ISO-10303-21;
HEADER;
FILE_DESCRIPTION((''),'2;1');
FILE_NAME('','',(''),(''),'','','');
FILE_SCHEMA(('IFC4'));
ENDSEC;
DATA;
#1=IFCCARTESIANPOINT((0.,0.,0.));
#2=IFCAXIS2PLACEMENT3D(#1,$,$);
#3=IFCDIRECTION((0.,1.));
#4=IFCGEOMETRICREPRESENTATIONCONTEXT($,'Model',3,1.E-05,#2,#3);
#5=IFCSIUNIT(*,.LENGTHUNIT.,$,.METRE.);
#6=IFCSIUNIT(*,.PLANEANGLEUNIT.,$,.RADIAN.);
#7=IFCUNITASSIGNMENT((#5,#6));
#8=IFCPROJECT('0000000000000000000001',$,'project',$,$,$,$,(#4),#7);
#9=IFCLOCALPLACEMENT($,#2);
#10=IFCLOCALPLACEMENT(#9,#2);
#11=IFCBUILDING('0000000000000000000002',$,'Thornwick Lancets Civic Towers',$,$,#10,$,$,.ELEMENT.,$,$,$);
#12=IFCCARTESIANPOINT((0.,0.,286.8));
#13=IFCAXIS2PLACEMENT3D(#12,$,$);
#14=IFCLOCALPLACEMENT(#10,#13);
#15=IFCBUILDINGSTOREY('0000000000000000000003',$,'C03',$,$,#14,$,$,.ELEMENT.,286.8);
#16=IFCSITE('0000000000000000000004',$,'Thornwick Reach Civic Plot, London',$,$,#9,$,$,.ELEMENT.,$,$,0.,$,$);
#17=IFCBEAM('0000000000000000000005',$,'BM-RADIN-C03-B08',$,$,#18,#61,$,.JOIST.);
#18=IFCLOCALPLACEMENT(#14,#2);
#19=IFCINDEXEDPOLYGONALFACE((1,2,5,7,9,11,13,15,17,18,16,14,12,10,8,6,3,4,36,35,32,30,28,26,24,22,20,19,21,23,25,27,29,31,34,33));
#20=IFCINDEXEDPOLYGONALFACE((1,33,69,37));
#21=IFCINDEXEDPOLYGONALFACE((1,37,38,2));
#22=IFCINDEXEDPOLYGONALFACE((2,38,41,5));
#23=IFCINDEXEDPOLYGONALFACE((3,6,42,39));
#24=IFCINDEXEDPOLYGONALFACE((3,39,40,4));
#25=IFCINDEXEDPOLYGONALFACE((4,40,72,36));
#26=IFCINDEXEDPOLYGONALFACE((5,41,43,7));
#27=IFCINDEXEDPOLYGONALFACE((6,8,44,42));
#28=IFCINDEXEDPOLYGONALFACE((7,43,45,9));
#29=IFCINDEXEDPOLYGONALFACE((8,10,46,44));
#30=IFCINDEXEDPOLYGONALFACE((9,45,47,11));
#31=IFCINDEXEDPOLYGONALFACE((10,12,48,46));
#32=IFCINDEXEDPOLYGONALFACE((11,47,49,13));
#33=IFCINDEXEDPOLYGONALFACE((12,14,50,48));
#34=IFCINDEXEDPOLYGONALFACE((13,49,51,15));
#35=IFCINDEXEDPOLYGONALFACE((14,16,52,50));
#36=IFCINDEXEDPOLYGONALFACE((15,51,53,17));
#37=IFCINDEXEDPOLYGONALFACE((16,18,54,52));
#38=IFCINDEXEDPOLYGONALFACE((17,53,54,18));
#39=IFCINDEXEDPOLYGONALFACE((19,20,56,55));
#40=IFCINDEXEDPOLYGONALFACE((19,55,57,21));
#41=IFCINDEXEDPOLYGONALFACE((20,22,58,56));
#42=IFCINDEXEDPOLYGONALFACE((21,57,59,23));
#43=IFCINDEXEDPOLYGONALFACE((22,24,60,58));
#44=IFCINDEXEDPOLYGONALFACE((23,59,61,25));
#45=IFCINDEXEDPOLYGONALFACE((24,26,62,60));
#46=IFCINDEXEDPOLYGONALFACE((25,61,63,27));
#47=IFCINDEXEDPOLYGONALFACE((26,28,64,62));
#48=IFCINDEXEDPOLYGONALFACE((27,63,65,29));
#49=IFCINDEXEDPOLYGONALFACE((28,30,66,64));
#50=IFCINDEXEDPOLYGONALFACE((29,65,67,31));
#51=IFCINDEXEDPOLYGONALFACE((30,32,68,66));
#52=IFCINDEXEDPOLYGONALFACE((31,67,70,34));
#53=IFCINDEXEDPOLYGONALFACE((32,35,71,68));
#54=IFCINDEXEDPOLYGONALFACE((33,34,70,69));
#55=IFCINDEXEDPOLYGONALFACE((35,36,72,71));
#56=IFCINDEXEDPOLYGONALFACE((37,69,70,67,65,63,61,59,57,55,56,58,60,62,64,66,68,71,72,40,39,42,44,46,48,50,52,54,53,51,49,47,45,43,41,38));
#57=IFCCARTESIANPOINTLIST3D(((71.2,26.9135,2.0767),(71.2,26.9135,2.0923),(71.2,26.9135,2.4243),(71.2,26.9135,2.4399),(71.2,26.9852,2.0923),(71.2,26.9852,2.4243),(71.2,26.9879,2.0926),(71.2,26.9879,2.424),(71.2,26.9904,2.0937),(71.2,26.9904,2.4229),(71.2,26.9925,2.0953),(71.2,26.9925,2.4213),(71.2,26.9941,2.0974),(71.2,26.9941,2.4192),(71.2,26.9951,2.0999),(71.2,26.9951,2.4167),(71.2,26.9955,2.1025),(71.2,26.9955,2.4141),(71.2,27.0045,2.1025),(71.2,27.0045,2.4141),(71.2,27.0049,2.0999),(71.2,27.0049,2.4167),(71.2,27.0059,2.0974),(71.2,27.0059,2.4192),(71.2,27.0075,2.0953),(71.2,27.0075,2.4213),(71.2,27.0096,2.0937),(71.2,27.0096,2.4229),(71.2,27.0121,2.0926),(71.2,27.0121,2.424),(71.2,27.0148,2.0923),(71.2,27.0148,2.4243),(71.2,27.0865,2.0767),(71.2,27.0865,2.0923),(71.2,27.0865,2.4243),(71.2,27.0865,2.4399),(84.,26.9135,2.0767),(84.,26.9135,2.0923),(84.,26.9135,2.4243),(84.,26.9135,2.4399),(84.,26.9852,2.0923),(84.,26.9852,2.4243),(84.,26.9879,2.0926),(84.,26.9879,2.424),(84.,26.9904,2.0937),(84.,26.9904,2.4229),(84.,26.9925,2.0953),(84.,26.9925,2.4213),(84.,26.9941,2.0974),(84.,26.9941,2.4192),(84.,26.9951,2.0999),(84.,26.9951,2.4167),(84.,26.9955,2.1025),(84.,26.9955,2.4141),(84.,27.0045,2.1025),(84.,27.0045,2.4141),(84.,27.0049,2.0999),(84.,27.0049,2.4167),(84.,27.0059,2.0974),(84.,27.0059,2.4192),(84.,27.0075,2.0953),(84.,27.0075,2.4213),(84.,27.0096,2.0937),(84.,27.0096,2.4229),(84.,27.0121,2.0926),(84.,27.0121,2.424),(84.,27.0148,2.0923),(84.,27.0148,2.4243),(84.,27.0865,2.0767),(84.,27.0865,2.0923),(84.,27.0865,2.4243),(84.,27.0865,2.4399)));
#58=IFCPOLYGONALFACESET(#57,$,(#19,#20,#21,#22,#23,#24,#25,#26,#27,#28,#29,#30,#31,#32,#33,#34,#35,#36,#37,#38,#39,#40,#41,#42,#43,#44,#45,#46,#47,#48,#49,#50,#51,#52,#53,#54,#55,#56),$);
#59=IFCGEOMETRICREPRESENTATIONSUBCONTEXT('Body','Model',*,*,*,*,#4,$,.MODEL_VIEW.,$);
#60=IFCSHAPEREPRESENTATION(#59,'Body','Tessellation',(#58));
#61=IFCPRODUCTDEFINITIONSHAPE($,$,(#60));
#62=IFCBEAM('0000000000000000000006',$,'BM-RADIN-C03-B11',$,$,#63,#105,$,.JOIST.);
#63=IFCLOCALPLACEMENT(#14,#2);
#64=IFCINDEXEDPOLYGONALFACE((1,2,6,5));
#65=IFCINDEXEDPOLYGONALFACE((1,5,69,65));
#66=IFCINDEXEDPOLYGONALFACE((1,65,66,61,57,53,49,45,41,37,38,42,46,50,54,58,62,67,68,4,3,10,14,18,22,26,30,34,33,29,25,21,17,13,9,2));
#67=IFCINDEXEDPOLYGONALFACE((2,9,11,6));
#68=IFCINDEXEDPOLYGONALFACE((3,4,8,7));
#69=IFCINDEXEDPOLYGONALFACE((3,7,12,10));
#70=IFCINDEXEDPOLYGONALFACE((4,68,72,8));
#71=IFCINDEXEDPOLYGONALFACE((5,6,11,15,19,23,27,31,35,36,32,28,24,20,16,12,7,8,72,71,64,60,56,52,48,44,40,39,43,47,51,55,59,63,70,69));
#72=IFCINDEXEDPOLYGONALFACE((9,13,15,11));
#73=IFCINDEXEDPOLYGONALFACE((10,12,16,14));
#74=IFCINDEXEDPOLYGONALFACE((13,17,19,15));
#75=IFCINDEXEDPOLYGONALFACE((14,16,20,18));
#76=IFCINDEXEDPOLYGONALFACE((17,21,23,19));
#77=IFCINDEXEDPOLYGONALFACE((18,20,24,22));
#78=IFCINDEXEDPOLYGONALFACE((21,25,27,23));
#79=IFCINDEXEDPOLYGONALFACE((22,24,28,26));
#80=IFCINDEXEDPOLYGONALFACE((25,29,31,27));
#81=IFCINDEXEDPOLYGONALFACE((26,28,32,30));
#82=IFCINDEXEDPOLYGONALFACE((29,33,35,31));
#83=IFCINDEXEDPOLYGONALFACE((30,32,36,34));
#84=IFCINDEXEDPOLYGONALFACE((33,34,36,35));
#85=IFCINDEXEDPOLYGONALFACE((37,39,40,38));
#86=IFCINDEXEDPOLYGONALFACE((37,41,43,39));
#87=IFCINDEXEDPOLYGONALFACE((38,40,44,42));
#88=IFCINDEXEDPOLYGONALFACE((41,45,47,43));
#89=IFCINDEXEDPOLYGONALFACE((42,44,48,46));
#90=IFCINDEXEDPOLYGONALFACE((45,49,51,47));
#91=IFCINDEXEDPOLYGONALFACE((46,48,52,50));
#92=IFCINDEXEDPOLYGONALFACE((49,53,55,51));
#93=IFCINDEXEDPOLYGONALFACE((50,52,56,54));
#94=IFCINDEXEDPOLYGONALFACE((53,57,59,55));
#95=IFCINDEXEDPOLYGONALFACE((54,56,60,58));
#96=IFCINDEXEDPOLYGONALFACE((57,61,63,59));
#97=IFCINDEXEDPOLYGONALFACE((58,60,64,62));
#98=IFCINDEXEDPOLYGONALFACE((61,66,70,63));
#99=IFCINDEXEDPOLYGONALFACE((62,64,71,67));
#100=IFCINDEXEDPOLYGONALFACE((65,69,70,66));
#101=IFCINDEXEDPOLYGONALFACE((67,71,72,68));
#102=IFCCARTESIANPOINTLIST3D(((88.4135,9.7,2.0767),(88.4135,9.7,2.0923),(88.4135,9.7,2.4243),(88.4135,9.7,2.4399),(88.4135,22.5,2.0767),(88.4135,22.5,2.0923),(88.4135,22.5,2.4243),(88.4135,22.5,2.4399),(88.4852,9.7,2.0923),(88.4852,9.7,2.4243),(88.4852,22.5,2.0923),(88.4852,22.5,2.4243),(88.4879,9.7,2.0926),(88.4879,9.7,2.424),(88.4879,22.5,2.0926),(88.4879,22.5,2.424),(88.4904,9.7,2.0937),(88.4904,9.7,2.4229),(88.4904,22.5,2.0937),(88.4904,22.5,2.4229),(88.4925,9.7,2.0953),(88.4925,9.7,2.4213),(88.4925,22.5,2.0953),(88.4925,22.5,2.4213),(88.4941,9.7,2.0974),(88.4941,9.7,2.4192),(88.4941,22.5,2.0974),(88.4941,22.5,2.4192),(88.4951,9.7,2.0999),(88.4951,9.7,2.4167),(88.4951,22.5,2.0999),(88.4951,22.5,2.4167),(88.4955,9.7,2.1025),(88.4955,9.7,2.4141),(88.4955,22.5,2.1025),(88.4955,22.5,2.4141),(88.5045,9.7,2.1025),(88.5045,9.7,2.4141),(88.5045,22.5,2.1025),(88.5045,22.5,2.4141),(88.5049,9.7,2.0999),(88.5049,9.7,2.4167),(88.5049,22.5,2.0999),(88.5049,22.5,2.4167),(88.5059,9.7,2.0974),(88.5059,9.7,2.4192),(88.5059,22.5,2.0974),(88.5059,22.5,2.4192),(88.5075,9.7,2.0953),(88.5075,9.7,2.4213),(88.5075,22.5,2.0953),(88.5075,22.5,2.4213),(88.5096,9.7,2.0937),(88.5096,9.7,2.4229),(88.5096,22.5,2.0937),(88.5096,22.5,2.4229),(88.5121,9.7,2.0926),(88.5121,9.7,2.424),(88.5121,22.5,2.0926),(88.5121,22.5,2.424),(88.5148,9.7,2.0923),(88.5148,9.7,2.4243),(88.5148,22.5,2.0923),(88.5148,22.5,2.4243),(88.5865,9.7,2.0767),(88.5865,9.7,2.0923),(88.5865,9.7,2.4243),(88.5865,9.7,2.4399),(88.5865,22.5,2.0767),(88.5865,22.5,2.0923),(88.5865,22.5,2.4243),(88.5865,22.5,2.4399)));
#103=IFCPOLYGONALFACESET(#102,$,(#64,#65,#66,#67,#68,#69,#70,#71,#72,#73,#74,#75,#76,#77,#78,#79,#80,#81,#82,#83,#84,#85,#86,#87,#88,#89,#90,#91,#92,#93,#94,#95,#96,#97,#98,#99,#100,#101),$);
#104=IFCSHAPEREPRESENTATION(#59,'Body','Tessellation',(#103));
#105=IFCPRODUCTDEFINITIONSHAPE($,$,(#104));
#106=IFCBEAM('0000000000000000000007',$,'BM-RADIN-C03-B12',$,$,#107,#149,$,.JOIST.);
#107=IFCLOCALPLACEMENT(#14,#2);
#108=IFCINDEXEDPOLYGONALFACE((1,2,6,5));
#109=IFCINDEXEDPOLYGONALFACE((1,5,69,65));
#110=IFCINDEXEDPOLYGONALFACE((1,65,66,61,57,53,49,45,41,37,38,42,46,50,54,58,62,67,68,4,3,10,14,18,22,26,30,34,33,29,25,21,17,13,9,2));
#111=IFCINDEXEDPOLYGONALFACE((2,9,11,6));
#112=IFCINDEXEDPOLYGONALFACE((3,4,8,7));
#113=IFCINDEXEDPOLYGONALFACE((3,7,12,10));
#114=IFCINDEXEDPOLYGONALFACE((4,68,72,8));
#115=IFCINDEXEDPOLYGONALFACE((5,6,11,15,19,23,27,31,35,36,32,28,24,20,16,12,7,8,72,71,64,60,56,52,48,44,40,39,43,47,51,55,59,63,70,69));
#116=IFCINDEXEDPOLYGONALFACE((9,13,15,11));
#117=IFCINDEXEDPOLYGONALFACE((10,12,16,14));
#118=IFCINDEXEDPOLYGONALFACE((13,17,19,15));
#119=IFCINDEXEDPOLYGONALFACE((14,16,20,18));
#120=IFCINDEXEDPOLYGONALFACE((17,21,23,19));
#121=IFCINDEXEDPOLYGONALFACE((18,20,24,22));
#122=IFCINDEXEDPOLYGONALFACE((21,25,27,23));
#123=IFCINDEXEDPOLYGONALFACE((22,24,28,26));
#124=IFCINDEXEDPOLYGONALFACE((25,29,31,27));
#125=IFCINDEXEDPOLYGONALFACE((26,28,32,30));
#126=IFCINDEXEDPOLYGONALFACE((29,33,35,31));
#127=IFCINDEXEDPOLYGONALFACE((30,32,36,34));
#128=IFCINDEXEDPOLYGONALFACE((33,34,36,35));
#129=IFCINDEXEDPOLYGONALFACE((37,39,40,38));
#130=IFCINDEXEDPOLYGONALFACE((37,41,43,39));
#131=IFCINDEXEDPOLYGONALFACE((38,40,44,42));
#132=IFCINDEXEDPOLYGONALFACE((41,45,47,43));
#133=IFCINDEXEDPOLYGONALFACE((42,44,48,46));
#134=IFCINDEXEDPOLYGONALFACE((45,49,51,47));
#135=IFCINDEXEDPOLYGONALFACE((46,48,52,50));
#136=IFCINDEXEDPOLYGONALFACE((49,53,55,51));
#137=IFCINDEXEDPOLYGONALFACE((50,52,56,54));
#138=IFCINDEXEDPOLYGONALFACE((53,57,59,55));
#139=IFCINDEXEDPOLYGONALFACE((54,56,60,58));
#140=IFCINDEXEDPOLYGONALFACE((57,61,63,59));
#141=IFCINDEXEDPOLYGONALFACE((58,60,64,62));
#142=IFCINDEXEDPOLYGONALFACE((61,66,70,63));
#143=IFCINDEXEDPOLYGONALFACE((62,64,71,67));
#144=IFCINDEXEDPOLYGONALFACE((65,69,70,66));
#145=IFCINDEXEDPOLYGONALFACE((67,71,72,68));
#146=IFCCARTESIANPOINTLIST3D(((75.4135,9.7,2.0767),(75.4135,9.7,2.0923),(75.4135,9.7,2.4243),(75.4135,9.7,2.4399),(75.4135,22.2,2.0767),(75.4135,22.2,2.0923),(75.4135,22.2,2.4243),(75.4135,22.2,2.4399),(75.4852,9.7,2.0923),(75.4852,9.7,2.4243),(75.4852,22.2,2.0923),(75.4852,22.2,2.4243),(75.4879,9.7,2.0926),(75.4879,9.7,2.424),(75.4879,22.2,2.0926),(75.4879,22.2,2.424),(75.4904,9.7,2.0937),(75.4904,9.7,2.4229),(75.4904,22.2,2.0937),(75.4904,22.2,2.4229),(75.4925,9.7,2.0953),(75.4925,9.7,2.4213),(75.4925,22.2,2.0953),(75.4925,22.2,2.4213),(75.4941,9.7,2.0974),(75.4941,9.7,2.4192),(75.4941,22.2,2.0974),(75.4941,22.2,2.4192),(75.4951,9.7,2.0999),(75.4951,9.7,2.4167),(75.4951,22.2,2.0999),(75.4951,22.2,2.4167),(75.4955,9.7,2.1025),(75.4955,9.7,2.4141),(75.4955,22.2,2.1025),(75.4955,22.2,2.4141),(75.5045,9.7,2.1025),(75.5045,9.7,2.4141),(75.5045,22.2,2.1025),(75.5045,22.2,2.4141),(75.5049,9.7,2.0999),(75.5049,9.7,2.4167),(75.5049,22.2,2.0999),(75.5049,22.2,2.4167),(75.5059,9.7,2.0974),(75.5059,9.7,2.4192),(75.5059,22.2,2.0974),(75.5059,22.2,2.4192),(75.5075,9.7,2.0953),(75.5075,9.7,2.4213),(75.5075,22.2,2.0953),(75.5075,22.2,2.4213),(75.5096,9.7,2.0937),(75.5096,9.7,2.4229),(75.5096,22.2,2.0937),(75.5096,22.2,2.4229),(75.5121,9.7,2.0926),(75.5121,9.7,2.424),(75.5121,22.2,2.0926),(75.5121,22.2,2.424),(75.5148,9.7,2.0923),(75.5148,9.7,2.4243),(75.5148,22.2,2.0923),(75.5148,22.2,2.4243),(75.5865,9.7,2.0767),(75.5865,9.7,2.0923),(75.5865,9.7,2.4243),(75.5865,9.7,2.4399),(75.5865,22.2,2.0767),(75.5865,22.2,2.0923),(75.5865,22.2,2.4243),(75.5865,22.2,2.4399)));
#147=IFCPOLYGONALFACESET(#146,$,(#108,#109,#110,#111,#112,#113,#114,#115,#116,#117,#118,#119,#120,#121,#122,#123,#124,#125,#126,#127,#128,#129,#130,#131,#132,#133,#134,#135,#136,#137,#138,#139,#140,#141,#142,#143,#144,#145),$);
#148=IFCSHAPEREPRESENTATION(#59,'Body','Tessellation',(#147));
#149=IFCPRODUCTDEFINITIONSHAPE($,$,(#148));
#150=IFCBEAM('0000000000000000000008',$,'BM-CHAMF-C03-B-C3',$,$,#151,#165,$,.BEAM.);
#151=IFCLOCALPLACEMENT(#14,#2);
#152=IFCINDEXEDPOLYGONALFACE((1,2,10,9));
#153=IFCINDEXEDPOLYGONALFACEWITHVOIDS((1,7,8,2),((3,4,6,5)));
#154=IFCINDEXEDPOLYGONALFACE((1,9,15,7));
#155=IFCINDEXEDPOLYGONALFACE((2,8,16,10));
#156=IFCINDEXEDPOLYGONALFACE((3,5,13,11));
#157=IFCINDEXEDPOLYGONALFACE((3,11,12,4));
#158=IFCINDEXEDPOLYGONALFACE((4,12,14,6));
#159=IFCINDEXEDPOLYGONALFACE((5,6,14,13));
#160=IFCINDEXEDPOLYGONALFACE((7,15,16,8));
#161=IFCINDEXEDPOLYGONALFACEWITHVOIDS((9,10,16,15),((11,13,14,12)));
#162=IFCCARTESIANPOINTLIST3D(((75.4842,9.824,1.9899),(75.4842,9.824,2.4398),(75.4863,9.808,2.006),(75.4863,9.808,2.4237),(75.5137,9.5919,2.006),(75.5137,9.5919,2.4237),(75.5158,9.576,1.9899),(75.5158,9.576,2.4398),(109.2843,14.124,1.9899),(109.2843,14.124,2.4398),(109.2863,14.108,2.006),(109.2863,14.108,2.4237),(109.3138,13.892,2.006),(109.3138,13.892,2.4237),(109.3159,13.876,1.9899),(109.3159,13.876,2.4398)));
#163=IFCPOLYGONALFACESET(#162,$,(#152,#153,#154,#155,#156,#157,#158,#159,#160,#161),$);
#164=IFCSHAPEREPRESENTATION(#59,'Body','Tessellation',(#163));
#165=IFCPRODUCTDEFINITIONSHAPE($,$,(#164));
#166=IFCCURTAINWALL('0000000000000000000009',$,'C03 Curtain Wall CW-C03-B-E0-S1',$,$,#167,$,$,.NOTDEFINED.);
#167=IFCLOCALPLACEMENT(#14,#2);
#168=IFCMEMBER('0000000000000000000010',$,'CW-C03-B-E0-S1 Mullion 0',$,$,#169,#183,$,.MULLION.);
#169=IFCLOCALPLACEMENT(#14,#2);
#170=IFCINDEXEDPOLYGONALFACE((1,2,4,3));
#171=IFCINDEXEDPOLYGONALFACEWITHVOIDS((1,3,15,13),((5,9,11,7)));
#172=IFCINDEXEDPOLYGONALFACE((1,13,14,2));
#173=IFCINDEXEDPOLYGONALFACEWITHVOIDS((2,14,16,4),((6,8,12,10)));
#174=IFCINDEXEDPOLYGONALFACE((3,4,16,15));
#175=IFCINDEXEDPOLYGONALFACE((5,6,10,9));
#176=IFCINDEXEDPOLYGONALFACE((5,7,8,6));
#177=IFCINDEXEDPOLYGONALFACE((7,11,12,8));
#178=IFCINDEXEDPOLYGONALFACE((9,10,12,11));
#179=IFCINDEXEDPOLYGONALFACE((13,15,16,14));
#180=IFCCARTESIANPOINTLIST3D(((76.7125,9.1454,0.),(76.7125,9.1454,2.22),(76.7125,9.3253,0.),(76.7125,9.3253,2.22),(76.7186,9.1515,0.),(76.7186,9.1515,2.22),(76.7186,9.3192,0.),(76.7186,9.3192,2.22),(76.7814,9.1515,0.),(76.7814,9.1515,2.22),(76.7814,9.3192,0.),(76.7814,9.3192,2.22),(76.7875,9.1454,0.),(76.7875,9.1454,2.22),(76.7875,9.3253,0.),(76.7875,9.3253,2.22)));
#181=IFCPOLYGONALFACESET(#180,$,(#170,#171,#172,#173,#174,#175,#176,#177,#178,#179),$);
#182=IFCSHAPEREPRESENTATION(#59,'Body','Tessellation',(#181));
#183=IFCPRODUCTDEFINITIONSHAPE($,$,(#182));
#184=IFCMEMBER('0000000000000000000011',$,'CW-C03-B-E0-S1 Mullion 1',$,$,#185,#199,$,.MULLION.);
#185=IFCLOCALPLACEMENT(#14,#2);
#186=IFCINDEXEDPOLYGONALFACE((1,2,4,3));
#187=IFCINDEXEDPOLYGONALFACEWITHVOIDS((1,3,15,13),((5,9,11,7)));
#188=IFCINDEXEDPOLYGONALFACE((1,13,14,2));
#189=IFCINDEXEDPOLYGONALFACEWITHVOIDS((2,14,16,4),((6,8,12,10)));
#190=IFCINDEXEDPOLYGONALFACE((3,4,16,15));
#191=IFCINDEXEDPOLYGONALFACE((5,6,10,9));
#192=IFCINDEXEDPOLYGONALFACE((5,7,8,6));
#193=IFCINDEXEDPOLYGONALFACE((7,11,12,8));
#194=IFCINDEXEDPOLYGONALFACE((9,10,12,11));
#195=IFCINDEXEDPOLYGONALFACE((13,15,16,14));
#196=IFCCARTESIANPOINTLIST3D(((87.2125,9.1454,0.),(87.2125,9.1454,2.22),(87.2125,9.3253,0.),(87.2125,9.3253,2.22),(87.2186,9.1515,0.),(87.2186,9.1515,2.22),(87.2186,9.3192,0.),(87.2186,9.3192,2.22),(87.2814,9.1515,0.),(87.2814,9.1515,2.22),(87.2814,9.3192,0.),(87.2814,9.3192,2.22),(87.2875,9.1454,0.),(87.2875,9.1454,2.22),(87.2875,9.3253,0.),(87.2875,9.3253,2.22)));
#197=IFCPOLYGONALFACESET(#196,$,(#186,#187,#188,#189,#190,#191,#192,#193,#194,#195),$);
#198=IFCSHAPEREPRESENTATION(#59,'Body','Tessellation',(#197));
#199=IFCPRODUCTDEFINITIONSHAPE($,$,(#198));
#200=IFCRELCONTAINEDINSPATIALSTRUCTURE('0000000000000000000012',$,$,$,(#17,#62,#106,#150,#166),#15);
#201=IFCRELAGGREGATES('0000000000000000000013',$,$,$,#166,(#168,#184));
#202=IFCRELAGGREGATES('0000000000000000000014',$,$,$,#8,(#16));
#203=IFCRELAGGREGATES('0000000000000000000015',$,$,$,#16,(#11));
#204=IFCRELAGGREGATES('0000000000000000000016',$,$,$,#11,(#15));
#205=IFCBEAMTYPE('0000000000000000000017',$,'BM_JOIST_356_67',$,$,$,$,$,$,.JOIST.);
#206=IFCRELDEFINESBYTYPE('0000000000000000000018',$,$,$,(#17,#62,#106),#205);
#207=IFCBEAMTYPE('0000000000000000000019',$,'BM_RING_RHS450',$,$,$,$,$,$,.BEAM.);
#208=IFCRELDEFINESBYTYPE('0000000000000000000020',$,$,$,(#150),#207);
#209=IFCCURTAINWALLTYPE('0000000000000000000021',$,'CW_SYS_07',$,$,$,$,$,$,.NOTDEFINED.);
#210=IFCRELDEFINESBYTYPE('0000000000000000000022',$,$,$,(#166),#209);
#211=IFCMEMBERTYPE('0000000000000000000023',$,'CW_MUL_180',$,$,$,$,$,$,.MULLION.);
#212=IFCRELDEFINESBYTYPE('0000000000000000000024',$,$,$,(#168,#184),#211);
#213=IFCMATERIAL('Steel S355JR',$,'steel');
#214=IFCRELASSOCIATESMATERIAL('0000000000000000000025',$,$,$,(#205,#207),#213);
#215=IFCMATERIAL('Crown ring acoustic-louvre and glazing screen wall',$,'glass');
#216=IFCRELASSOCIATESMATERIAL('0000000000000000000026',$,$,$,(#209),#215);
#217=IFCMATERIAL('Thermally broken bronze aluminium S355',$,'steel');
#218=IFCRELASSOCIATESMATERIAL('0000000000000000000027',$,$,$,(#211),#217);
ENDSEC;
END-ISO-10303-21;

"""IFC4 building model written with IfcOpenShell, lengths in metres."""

from ifc_helpers import new_model, si_unit, direction, frame, origin, origin_2d, place, context, subcontext, project, spatial, hollow_rectangle, i_section, extrude, material, material_profile, profile_set, type_object, element, aggregate, save


model = new_model("IFC4")

# Units and contexts
model_context = context("Model", 3, precision=1e-05, world=origin(), true_north=direction((0.0, 1.0)))
body_context = subcontext(model_context, "Body", "Model", "MODEL_VIEW")
ifc_project = project(units=[si_unit("LENGTHUNIT", "METRE"), si_unit("PLANEANGLEUNIT", "RADIAN")], contexts=[model_context])

# Site, building, storey
site_placement = place(None, origin())
site = spatial("IfcSite", under=ifc_project, at=site_placement, Name="Thornwick Reach Civic Plot, London", CompositionType="ELEMENT", RefElevation=0.0)
building_placement = place(site_placement, origin())
building = spatial("IfcBuilding", under=site, at=building_placement, Name="Thornwick Lancets Civic Towers", CompositionType="ELEMENT")
storey_placement = place(building_placement, frame((0.0, 0.0, 286.8)))
storey = spatial("IfcBuildingStorey", under=building, at=storey_placement, Name="C03", CompositionType="ELEMENT", Elevation=286.8)

# Shared definitions
ifc_material_1 = material(Name="Steel S355JR", Category="steel")

# Beams
ifc_material_profile_1 = material_profile(ifc_material_1, i_section(OverallWidth=0.1731, OverallDepth=0.3633, WebThickness=0.009, FlangeThickness=0.0156, FilletRadius=0.0103, at=origin_2d()), Name="UKB 356x171x67")
ifc_profile_set_1 = profile_set([ifc_material_profile_1], Name="Steel S355JR")
beam_type_1 = type_object("IfcBeamType", Name="BM_JOIST_356_67", PredefinedType="JOIST", material=ifc_profile_set_1)
for number, where, z_axis, x_axis, name in (
    (1, (84.0, 27.0, 2.2583), (-1.0, 0.0, 0.0), (0.0, -1.0, 0.0), "BM-RADIN-C03-B08"),
    (2, (88.5, 22.5, 2.2583), (0.0, -1.0, 0.0), (1.0, 0.0, 0.0), "BM-RADIN-C03-B11"),
):
    element("IfcBeam", number, at=place(storey_placement, frame(where, z_axis=z_axis, x_axis=x_axis)), inside=storey, type_object=beam_type_1, Name=name, PredefinedType="JOIST", context=body_context, shape_type="SweptSolid", body=[
        extrude(i_section(OverallWidth=0.1731, OverallDepth=0.3633, WebThickness=0.009, FlangeThickness=0.0156, FilletRadius=0.0103, at=origin_2d()), origin(), (0.0, 0.0, 1.0), 12.8),
    ])
beam_1_placement = place(storey_placement, frame((75.5, 22.2, 2.2583), z_axis=(0.0, -1.0, 0.0), x_axis=(1.0, 0.0, 0.0)))
element("IfcBeam", 3, at=beam_1_placement, inside=storey, type_object=beam_type_1, Name="BM-RADIN-C03-B12", PredefinedType="JOIST", context=body_context, shape_type="SweptSolid", body=[
    extrude(i_section(OverallWidth=0.1731, OverallDepth=0.3633, WebThickness=0.009, FlangeThickness=0.0156, FilletRadius=0.0103, at=origin_2d()), origin(), (0.0, 0.0, 1.0), 12.5),
])
ifc_material_profile_2 = material_profile(ifc_material_1, hollow_rectangle(XDim=0.25, YDim=0.45, WallThickness=0.0161, at=origin_2d()), Name="RHS 450x250x16")
ifc_profile_set_2 = profile_set([ifc_material_profile_2], Name="Steel S355JR")
beam_type_2 = type_object("IfcBeamType", Name="BM_RING_RHS450", PredefinedType="BEAM", material=ifc_profile_set_2)
beam_2_placement = place(storey_placement, frame((75.5, 9.7, 2.2148), z_axis=(0.992004, 0.126203, 0.0), x_axis=(-0.126203, 0.992004, 0.0)))
element("IfcBeam", 4, at=beam_2_placement, inside=storey, type_object=beam_type_2, Name="BM-CHAMF-C03-B-C3", PredefinedType="BEAM", context=body_context, shape_type="SweptSolid", body=[
    extrude(hollow_rectangle(XDim=0.25, YDim=0.45, WallThickness=0.0161, at=origin_2d()), origin(), (0.0, 0.0, 1.0), 34.0725),
])

# Curtain wall, members
ifc_material_2 = material(Name="Crown ring acoustic-louvre and glazing screen wall", Category="glass")
curtain_wall_type = type_object("IfcCurtainWallType", Name="CW_SYS_07", PredefinedType="NOTDEFINED", material=ifc_material_2)
curtain_wall_1_placement = place(storey_placement, origin())
curtain_wall_1 = element("IfcCurtainWall", 5, at=curtain_wall_1_placement, inside=storey, type_object=curtain_wall_type, Name="C03 Curtain Wall CW-C03-B-E0-S1", PredefinedType="NOTDEFINED")
ifc_material_3 = material(Name="Thermally broken bronze aluminium S355", Category="steel")
ifc_material_profile_3 = material_profile(ifc_material_3, hollow_rectangle(XDim=0.075, YDim=0.1799, WallThickness=0.0061, at=origin_2d()), Name="RHS 180x75x6")
ifc_profile_set_3 = profile_set([ifc_material_profile_3], Name="Thermally broken bronze aluminium S355")
member_type_1 = type_object("IfcMemberType", Name="CW_MUL_180", PredefinedType="MULLION", material=ifc_profile_set_3)
member_1_placement = place(storey_placement, frame((76.75, 9.2354, 0.0), z_axis=(0.0, 0.0, 1.0), x_axis=(1.0, 0.0, 0.0)))
member_1 = element("IfcMember", 6, at=member_1_placement, type_object=member_type_1, Name="CW-C03-B-E0-S1 Mullion 0", PredefinedType="MULLION", context=body_context, shape_type="SweptSolid", body=[
    extrude(hollow_rectangle(XDim=0.075, YDim=0.1799, WallThickness=0.0061, at=origin_2d()), origin(), (0.0, 0.0, 1.0), 2.22),
])
member_2_placement = place(storey_placement, frame((87.25, 9.2354, 0.0), z_axis=(0.0, 0.0, 1.0), x_axis=(1.0, 0.0, 0.0)))
member_2 = element("IfcMember", 7, at=member_2_placement, type_object=member_type_1, Name="CW-C03-B-E0-S1 Mullion 1", PredefinedType="MULLION", context=body_context, shape_type="SweptSolid", body=[
    extrude(hollow_rectangle(XDim=0.075, YDim=0.1799, WallThickness=0.0061, at=origin_2d()), origin(), (0.0, 0.0, 1.0), 2.22),
])

aggregate(curtain_wall_1, [member_1, member_2])

save(model, "model.ifc")
